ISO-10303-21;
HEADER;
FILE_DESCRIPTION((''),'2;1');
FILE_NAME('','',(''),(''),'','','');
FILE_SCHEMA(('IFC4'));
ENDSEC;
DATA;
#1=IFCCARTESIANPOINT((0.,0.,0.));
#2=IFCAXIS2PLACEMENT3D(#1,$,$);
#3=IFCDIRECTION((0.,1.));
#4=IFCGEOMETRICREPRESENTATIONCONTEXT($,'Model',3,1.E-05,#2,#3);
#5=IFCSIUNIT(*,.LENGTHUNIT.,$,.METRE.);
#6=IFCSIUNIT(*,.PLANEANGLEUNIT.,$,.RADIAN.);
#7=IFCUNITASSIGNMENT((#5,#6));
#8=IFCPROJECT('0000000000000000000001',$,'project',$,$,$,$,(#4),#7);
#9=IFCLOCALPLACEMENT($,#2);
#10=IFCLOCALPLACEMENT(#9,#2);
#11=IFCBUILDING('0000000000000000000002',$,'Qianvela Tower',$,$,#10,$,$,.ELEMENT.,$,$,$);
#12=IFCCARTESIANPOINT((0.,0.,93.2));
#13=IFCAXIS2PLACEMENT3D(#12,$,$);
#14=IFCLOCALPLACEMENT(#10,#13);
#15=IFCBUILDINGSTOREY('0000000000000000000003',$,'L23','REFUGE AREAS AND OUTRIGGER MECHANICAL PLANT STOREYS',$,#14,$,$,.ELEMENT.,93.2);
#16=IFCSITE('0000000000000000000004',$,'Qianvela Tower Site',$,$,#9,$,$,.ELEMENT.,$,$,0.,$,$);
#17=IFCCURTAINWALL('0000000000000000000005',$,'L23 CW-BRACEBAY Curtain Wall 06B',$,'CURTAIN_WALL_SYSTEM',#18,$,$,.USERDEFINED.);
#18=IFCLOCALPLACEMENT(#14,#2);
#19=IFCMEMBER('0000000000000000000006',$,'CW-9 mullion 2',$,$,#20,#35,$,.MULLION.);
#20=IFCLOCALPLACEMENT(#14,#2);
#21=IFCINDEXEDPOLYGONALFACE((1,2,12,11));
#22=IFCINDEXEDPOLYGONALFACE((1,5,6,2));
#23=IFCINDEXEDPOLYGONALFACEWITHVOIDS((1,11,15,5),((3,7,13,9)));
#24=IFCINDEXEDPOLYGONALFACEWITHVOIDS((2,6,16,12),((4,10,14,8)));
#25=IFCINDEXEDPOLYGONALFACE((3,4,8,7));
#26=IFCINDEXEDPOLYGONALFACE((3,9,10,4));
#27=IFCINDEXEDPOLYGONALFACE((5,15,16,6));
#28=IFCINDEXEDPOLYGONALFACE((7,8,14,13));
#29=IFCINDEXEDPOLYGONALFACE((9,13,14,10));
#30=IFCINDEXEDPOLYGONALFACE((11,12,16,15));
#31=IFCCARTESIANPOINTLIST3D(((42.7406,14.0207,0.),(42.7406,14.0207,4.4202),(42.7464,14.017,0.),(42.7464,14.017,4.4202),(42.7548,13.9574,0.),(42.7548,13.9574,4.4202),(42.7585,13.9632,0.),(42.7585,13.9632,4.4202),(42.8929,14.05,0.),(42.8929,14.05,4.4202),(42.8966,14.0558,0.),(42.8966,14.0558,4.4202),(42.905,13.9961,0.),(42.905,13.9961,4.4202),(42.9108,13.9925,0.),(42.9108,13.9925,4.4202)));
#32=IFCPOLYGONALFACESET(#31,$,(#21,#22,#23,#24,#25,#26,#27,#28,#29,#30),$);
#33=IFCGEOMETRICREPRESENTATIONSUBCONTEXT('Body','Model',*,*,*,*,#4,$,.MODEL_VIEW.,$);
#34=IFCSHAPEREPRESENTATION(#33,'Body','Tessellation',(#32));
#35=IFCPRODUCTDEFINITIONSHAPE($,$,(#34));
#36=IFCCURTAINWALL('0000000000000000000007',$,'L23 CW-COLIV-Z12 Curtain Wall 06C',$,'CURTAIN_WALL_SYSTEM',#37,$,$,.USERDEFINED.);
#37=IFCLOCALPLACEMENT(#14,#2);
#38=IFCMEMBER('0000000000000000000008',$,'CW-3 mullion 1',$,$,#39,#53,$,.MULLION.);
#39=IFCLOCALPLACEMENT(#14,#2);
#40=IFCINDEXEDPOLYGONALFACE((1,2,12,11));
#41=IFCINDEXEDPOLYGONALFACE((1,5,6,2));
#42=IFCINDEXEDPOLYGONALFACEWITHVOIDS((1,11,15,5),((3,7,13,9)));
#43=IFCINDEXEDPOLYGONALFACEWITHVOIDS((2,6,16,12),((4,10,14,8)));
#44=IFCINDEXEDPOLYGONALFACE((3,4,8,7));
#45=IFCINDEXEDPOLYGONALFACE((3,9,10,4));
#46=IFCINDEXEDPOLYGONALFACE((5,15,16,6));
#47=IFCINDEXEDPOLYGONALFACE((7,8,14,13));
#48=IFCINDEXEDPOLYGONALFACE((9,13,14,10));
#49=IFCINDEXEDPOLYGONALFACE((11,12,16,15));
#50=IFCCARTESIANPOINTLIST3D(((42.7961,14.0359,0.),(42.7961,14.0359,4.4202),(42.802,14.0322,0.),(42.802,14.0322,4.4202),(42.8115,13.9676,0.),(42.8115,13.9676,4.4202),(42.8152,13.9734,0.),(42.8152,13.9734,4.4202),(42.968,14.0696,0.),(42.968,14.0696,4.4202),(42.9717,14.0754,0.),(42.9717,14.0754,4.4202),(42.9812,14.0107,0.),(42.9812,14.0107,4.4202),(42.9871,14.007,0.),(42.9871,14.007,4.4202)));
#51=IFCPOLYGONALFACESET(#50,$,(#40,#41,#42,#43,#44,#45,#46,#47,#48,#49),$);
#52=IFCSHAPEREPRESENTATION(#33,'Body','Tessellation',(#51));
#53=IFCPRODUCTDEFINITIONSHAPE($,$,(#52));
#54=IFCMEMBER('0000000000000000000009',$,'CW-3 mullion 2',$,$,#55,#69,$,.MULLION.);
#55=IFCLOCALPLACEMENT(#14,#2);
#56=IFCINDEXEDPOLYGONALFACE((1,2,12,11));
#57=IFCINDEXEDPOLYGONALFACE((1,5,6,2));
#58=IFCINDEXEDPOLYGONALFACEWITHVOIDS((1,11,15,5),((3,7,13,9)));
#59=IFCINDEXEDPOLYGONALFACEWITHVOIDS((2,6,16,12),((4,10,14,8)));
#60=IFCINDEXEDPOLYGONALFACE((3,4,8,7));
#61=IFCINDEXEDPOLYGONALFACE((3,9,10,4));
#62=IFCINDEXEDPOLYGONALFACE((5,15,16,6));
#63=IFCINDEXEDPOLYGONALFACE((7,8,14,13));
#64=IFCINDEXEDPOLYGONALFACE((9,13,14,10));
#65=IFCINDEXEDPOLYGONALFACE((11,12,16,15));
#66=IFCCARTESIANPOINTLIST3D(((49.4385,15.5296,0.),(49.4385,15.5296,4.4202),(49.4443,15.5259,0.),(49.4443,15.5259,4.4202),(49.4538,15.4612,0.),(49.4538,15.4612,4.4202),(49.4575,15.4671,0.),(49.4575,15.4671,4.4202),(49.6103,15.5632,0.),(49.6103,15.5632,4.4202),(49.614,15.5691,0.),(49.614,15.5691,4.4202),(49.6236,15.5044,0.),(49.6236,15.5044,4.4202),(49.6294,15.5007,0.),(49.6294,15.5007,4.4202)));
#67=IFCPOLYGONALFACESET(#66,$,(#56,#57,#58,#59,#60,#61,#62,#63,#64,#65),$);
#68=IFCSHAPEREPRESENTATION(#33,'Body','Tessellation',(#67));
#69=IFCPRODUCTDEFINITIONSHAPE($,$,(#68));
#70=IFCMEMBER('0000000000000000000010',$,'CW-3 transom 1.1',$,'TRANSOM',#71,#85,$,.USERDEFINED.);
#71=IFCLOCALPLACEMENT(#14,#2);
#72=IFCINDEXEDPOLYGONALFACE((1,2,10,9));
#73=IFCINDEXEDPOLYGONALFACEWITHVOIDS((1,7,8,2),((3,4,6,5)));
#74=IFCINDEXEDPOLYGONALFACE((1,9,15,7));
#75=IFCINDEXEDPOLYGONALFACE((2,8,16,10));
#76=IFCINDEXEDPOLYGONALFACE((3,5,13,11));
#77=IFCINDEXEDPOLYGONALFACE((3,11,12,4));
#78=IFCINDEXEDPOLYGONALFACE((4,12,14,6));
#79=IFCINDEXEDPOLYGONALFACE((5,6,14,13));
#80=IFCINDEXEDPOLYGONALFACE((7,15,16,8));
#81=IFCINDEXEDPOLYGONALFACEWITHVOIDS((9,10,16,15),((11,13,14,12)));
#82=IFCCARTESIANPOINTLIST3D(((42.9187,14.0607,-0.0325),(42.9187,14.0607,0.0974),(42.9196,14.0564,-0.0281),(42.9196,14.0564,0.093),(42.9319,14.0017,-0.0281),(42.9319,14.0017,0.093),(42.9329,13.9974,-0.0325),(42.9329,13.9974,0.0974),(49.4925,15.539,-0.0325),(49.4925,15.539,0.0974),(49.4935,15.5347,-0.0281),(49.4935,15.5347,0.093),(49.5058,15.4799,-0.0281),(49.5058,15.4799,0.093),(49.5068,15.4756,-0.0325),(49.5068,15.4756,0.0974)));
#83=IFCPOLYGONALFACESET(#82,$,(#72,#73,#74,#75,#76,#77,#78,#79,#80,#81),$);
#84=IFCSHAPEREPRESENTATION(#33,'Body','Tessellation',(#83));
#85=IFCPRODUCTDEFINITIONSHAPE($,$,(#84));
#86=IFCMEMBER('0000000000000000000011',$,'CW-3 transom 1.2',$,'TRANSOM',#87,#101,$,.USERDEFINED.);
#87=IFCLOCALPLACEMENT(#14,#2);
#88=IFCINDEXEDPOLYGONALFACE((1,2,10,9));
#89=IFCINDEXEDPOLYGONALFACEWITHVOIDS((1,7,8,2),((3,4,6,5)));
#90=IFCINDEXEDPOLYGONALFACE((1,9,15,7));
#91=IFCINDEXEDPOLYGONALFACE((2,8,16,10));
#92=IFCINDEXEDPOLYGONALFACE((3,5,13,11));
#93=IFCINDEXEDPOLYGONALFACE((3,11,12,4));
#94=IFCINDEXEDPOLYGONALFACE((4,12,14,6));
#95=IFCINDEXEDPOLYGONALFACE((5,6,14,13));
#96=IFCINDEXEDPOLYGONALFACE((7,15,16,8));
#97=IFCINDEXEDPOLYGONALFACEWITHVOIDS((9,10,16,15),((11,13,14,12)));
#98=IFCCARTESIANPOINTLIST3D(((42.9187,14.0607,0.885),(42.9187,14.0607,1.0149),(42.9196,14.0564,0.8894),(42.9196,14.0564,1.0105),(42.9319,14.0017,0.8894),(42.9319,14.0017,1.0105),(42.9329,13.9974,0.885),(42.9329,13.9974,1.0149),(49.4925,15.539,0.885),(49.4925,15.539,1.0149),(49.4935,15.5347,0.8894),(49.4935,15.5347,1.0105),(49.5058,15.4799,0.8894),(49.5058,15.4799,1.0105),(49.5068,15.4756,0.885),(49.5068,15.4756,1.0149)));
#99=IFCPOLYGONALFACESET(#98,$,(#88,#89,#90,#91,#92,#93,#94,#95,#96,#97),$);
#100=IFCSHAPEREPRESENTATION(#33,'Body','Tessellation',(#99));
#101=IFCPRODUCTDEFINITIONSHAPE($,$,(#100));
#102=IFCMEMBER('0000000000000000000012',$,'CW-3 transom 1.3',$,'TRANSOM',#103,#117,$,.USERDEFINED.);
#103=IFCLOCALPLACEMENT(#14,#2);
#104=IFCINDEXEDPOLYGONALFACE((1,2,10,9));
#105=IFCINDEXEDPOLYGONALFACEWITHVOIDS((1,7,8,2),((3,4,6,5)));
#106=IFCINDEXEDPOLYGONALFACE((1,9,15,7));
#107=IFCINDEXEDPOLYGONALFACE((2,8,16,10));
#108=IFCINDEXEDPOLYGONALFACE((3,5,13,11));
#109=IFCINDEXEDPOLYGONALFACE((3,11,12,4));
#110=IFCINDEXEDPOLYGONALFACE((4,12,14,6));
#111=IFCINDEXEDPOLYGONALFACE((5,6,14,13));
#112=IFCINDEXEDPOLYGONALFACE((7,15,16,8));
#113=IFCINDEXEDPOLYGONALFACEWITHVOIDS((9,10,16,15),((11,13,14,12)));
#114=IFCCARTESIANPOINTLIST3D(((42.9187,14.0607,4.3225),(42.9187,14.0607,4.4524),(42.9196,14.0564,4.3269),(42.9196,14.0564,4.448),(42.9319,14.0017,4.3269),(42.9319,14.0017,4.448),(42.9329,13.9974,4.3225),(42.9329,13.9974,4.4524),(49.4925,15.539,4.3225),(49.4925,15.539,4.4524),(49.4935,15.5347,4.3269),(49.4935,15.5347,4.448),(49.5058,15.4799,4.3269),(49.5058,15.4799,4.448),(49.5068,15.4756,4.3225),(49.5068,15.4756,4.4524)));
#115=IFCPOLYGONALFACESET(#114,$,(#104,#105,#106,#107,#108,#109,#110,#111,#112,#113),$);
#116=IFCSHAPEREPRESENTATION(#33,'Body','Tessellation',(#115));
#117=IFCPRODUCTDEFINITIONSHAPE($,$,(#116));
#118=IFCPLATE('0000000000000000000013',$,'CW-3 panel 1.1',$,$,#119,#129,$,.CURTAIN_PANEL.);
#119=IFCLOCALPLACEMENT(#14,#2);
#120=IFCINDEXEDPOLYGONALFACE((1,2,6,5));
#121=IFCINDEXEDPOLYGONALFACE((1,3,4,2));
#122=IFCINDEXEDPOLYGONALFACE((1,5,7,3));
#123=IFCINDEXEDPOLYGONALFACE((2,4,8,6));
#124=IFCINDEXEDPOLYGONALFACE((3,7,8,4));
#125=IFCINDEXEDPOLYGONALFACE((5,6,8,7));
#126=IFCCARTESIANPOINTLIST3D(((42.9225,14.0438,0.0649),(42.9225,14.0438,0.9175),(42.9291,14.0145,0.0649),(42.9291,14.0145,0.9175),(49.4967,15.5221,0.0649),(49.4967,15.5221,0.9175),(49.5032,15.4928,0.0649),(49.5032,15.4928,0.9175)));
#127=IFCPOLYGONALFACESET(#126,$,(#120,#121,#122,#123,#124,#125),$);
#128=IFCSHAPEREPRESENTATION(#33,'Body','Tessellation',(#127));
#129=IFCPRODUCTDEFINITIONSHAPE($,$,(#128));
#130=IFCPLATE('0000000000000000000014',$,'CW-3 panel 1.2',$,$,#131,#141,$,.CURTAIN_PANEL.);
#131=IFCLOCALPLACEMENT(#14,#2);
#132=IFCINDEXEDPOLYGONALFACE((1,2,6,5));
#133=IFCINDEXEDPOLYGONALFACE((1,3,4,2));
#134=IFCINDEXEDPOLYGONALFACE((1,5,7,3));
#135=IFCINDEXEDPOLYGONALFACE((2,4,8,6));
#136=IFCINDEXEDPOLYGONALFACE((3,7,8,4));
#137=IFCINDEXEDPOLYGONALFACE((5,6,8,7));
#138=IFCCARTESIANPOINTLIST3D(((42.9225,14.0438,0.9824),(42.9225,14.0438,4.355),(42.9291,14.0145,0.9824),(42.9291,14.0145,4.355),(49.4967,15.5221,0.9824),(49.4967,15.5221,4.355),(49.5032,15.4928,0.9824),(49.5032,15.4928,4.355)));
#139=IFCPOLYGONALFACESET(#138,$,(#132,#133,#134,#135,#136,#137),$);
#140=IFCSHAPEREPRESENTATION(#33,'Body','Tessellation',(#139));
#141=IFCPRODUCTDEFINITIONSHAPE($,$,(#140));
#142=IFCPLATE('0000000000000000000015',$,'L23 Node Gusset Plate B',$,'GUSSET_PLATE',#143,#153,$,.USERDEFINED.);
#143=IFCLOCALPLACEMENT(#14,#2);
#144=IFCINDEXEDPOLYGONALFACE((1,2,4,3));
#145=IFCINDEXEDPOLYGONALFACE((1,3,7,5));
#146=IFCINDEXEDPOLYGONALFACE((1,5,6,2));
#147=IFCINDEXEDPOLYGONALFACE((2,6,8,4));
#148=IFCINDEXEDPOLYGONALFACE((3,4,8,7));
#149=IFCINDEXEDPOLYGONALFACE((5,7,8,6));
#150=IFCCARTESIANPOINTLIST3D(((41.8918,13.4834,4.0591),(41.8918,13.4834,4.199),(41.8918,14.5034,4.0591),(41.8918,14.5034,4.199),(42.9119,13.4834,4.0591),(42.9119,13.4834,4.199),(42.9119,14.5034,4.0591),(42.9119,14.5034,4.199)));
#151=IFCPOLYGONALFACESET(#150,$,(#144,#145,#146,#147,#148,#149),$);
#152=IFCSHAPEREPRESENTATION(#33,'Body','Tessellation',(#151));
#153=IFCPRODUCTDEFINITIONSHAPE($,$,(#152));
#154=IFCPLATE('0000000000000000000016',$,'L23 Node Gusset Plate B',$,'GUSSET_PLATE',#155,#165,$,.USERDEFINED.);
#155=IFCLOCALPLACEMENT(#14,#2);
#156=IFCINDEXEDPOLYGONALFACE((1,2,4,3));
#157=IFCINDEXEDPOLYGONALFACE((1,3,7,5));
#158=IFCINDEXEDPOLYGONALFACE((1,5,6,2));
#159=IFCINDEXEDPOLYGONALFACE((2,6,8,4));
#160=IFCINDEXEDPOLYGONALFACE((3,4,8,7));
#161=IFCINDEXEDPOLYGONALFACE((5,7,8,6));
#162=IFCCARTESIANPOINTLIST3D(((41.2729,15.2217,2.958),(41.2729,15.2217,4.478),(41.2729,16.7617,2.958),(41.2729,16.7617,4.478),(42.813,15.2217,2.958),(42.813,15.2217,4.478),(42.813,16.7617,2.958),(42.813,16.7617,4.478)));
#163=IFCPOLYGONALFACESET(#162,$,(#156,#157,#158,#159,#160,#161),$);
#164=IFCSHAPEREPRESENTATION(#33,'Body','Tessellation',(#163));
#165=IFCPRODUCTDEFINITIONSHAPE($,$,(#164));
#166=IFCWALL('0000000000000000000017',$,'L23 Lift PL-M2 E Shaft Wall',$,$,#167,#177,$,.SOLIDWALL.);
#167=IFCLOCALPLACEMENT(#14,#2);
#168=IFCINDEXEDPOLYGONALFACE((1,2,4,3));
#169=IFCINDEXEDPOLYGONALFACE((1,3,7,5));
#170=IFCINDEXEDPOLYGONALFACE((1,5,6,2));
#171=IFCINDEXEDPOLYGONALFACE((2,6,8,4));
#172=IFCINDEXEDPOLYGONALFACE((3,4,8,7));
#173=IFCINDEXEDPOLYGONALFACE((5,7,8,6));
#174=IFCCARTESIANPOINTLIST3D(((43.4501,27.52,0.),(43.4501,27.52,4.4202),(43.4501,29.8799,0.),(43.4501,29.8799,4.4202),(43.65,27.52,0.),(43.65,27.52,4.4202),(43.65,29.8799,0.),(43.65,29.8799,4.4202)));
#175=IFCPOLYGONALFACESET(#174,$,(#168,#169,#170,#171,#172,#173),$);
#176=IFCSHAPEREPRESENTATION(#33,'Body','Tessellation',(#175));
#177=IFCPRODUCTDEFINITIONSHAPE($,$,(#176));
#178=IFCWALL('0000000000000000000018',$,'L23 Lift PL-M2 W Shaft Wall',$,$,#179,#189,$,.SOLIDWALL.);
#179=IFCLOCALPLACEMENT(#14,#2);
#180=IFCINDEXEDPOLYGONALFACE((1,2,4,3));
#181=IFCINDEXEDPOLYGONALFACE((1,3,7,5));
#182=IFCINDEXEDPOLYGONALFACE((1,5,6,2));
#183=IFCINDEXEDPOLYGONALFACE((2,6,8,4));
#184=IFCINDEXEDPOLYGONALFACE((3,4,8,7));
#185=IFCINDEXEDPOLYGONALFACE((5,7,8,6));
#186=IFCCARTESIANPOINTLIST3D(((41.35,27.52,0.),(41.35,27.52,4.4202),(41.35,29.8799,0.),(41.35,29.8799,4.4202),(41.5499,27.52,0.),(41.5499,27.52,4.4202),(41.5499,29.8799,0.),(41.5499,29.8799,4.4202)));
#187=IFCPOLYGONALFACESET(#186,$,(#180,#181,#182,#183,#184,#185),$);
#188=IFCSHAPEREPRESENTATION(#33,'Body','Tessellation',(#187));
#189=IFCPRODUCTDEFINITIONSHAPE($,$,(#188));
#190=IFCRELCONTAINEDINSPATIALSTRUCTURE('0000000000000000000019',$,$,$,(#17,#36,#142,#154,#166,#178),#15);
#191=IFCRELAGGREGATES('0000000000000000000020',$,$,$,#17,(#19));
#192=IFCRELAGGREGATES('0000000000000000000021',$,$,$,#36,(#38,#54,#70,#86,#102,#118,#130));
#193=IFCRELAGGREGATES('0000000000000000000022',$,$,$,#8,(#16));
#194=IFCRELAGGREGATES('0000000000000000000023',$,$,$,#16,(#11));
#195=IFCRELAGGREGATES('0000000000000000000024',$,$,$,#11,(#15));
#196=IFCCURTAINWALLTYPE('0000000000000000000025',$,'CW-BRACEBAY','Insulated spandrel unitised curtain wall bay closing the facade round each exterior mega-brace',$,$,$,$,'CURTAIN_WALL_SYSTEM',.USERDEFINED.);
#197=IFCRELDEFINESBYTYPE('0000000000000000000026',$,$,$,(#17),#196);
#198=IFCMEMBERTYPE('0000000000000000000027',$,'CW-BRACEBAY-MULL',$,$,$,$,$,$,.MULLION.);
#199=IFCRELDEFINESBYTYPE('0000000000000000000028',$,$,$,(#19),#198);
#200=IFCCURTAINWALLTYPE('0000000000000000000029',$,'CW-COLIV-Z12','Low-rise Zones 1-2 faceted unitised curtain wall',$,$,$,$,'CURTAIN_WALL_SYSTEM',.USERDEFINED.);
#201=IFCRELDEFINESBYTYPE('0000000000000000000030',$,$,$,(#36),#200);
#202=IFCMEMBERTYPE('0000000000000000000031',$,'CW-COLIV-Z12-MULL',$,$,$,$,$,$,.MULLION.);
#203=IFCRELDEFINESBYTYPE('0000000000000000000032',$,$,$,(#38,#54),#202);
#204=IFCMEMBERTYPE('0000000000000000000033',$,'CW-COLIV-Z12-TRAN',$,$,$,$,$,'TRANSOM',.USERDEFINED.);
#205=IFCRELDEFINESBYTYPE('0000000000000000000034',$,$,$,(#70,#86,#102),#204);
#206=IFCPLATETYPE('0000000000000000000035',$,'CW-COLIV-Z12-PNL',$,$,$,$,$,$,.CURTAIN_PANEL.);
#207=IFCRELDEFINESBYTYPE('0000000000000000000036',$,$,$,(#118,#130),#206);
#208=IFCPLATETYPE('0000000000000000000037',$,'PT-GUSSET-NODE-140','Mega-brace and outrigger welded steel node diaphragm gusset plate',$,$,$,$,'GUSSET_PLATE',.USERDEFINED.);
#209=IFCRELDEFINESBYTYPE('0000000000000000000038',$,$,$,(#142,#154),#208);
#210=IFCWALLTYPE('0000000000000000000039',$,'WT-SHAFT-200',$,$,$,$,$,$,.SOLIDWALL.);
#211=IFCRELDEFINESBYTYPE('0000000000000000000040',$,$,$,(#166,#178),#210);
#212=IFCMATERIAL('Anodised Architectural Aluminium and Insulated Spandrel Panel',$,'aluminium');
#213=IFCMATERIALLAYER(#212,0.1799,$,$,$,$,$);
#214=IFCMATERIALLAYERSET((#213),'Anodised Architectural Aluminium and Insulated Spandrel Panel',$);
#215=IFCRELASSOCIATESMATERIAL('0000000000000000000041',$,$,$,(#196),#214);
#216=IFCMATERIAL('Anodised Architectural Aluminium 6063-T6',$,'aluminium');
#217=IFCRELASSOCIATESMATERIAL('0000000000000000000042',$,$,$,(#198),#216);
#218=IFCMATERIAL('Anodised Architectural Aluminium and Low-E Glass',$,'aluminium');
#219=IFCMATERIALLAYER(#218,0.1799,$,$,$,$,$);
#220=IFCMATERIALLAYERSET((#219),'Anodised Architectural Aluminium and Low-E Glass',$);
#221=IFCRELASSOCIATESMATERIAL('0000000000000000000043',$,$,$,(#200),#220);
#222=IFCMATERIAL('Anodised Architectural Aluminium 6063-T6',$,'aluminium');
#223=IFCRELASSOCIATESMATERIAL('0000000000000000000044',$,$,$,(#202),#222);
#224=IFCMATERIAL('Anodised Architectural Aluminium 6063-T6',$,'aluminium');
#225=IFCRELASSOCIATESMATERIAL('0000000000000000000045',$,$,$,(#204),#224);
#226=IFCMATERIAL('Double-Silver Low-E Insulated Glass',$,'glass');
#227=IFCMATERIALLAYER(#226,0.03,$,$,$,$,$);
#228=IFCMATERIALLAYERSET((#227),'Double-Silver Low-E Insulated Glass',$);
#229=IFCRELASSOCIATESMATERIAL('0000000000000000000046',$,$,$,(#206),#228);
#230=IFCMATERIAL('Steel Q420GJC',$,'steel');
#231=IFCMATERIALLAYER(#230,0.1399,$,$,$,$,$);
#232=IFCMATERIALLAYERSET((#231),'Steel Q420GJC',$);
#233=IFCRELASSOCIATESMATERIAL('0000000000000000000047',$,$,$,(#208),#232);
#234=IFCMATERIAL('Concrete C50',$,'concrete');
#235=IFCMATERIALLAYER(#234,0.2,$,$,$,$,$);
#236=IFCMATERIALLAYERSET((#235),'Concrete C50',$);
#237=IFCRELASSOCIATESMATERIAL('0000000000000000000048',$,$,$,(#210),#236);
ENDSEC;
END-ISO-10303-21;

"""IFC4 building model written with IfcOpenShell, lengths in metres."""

from ifc_helpers import new_model, si_unit, direction, frame, frame_2d, origin, origin_2d, place, context, subcontext, project, spatial, rectangle, hollow_rectangle, extrude, material, layer, layer_set, material_profile, profile_set, type_object, element, aggregate, save


model = new_model("IFC4")

# Units and contexts
model_context = context("Model", 3, precision=1e-05, world=origin(), true_north=direction((0.0, 1.0)))
body_context = subcontext(model_context, "Body", "Model", "MODEL_VIEW")
ifc_project = project(units=[si_unit("LENGTHUNIT", "METRE"), si_unit("PLANEANGLEUNIT", "RADIAN")], contexts=[model_context])

# Site, building, storey
site_placement = place(None, origin())
site = spatial("IfcSite", under=ifc_project, at=site_placement, Name="Qianvela Tower Site", CompositionType="ELEMENT", RefElevation=0.0)
building_placement = place(site_placement, origin())
building = spatial("IfcBuilding", under=site, at=building_placement, Name="Qianvela Tower", CompositionType="ELEMENT")
storey_placement = place(building_placement, frame((0.0, 0.0, 93.2)))
storey = spatial("IfcBuildingStorey", under=building, at=storey_placement, Name="L23", Description="REFUGE AREAS AND OUTRIGGER MECHANICAL PLANT STOREYS", CompositionType="ELEMENT", Elevation=93.2)

# Curtain wall, member
ifc_material_1 = material(Name="Anodised Architectural Aluminium and Insulated Spandrel Panel", Category="aluminium")
ifc_layer_1 = layer(ifc_material_1, 0.1799)
ifc_layer_set_1 = layer_set([ifc_layer_1], Name="Anodised Architectural Aluminium and Insulated Spandrel Panel")
curtain_wall_type_1 = type_object("IfcCurtainWallType", Name="CW-BRACEBAY", Description="Insulated spandrel unitised curtain wall bay closing the facade round each exterior mega-brace", ElementType="CURTAIN_WALL_SYSTEM", PredefinedType="USERDEFINED", material=ifc_layer_set_1)
curtain_wall_1_placement = place(storey_placement, origin())
curtain_wall_1 = element("IfcCurtainWall", 1, at=curtain_wall_1_placement, inside=storey, type_object=curtain_wall_type_1, Name="L23 CW-BRACEBAY Curtain Wall 06B", ObjectType="CURTAIN_WALL_SYSTEM", PredefinedType="USERDEFINED")
ifc_material_2 = material(Name="Anodised Architectural Aluminium 6063-T6", Category="aluminium")
ifc_material_profile_1 = material_profile(ifc_material_2, hollow_rectangle(XDim=0.0649, YDim=0.1599, WallThickness=0.0049, at=origin_2d()), Name="ALU-MULL-65x160")
ifc_profile_set_1 = profile_set([ifc_material_profile_1], Name="Anodised Architectural Aluminium 6063-T6")
member_type_1 = type_object("IfcMemberType", Name="CW-BRACEBAY-MULL", PredefinedType="MULLION", material=ifc_profile_set_1)
member_1_placement = place(storey_placement, frame((42.8257, 14.0066, 0.0), z_axis=(0.0, 0.0, 1.0), x_axis=(-0.219372, 0.975641, 0.0)))
member_1 = element("IfcMember", 2, at=member_1_placement, type_object=member_type_1, Name="CW-9 mullion 2", PredefinedType="MULLION", context=body_context, shape_type="SweptSolid", body=[
    extrude(hollow_rectangle(XDim=0.0649, YDim=0.1599, WallThickness=0.0049, at=origin_2d()), origin(), (0.0, 0.0, 1.0), 4.4202),
])
aggregate(curtain_wall_1, [member_1])

# Curtain wall, members, plates
ifc_material_3 = material(Name="Anodised Architectural Aluminium and Low-E Glass", Category="aluminium")
ifc_layer_2 = layer(ifc_material_3, 0.1799)
ifc_layer_set_2 = layer_set([ifc_layer_2], Name="Anodised Architectural Aluminium and Low-E Glass")
curtain_wall_type_2 = type_object("IfcCurtainWallType", Name="CW-COLIV-Z12", Description="Low-rise Zones 1-2 faceted unitised curtain wall", ElementType="CURTAIN_WALL_SYSTEM", PredefinedType="USERDEFINED", material=ifc_layer_set_2)
curtain_wall_2_placement = place(storey_placement, origin())
curtain_wall_2 = element("IfcCurtainWall", 3, at=curtain_wall_2_placement, inside=storey, type_object=curtain_wall_type_2, Name="L23 CW-COLIV-Z12 Curtain Wall 06C", ObjectType="CURTAIN_WALL_SYSTEM", PredefinedType="USERDEFINED")
ifc_material_4 = material(Name="Anodised Architectural Aluminium 6063-T6", Category="aluminium")
ifc_material_profile_2 = material_profile(ifc_material_4, hollow_rectangle(XDim=0.0701, YDim=0.1799, WallThickness=0.0049, at=origin_2d()), Name="ALU-MULL-70x180")
ifc_profile_set_2 = profile_set([ifc_material_profile_2], Name="Anodised Architectural Aluminium 6063-T6")
member_type_2 = type_object("IfcMemberType", Name="CW-COLIV-Z12-MULL", PredefinedType="MULLION", material=ifc_profile_set_2)
member_2_placement = place(storey_placement, frame((42.8916, 14.0215, 0.0), z_axis=(0.0, 0.0, 1.0), x_axis=(-0.219387, 0.975638, 0.0)))
member_2 = element("IfcMember", 4, at=member_2_placement, type_object=member_type_2, Name="CW-3 mullion 1", PredefinedType="MULLION", context=body_context, shape_type="SweptSolid", body=[
    extrude(hollow_rectangle(XDim=0.0701, YDim=0.1799, WallThickness=0.0049, at=origin_2d()), origin(), (0.0, 0.0, 1.0), 4.4202),
])
member_3_placement = place(storey_placement, frame((49.5339, 15.5151, 0.0), z_axis=(0.0, 0.0, 1.0), x_axis=(-0.219387, 0.975638, 0.0)))
member_3 = element("IfcMember", 5, at=member_3_placement, type_object=member_type_2, Name="CW-3 mullion 2", PredefinedType="MULLION", context=body_context, shape_type="SweptSolid", body=[
    extrude(hollow_rectangle(XDim=0.0701, YDim=0.1799, WallThickness=0.0049, at=origin_2d()), origin(), (0.0, 0.0, 1.0), 4.4202),
])
ifc_material_5 = material(Name="Anodised Architectural Aluminium 6063-T6", Category="aluminium")
ifc_material_profile_3 = material_profile(ifc_material_5, hollow_rectangle(XDim=0.0649, YDim=0.1299, WallThickness=0.0044, at=origin_2d()), Name="ALU-TRAN-65x130")
ifc_profile_set_3 = profile_set([ifc_material_profile_3], Name="Anodised Architectural Aluminium 6063-T6")
member_type_3 = type_object("IfcMemberType", Name="CW-COLIV-Z12-TRAN", ElementType="TRANSOM", PredefinedType="USERDEFINED", material=ifc_profile_set_3)
member_4_placement = place(storey_placement, frame((42.9258, 14.0291, 0.0325), z_axis=(0.975637, 0.219389, 0.0), x_axis=(-0.219389, 0.975637, 0.0)))
member_4 = element("IfcMember", 6, at=member_4_placement, type_object=member_type_3, Name="CW-3 transom 1.1", ObjectType="TRANSOM", PredefinedType="USERDEFINED", context=body_context, shape_type="SweptSolid", body=[
    extrude(hollow_rectangle(XDim=0.0649, YDim=0.1299, WallThickness=0.0044, at=origin_2d()), origin(), (0.0, 0.0, 1.0), 6.738),
])
member_5_placement = place(storey_placement, frame((42.9258, 14.0291, 0.95), z_axis=(0.975637, 0.219389, 0.0), x_axis=(-0.219389, 0.975637, 0.0)))
member_5 = element("IfcMember", 7, at=member_5_placement, type_object=member_type_3, Name="CW-3 transom 1.2", ObjectType="TRANSOM", PredefinedType="USERDEFINED", context=body_context, shape_type="SweptSolid", body=[
    extrude(hollow_rectangle(XDim=0.0649, YDim=0.1299, WallThickness=0.0044, at=origin_2d()), origin(), (0.0, 0.0, 1.0), 6.738),
])
member_6_placement = place(storey_placement, frame((42.9258, 14.0291, 4.3875), z_axis=(0.975637, 0.219389, 0.0), x_axis=(-0.219389, 0.975637, 0.0)))
member_6 = element("IfcMember", 8, at=member_6_placement, type_object=member_type_3, Name="CW-3 transom 1.3", ObjectType="TRANSOM", PredefinedType="USERDEFINED", context=body_context, shape_type="SweptSolid", body=[
    extrude(hollow_rectangle(XDim=0.0649, YDim=0.1299, WallThickness=0.0044, at=origin_2d()), origin(), (0.0, 0.0, 1.0), 6.738),
])
ifc_material_6 = material(Name="Double-Silver Low-E Insulated Glass", Category="glass")
ifc_layer_3 = layer(ifc_material_6, 0.03)
ifc_layer_set_3 = layer_set([ifc_layer_3], Name="Double-Silver Low-E Insulated Glass")
plate_type_1 = type_object("IfcPlateType", Name="CW-COLIV-Z12-PNL", PredefinedType="CURTAIN_PANEL", material=ifc_layer_set_3)
plate_1_placement = place(storey_placement, frame((46.2129, 14.7683, 0.0649), z_axis=(0.0, 0.0, 1.0), x_axis=(0.975638, 0.219387, 0.0)))
plate_1 = element("IfcPlate", 9, at=plate_1_placement, type_object=plate_type_1, Name="CW-3 panel 1.1", PredefinedType="CURTAIN_PANEL", context=body_context, shape_type="SweptSolid", body=[
    extrude(rectangle(XDim=6.7383, YDim=0.03, at=origin_2d()), origin(), (0.0, 0.0, 1.0), 0.8525),
])
plate_2_placement = place(storey_placement, frame((46.2129, 14.7683, 0.9824), z_axis=(0.0, 0.0, 1.0), x_axis=(0.975638, 0.219387, 0.0)))
plate_2 = element("IfcPlate", 10, at=plate_2_placement, type_object=plate_type_1, Name="CW-3 panel 1.2", PredefinedType="CURTAIN_PANEL", context=body_context, shape_type="SweptSolid", body=[
    extrude(rectangle(XDim=6.7383, YDim=0.03, at=origin_2d()), origin(), (0.0, 0.0, 1.0), 3.3726),
])
aggregate(curtain_wall_2, [member_2, member_3, member_4, member_5, member_6, plate_1, plate_2])

# Plates
ifc_material_7 = material(Name="Steel Q420GJC", Category="steel")
ifc_layer_4 = layer(ifc_material_7, 0.1399)
ifc_layer_set_4 = layer_set([ifc_layer_4], Name="Steel Q420GJC")
plate_type_2 = type_object("IfcPlateType", Name="PT-GUSSET-NODE-140", Description="Mega-brace and outrigger welded steel node diaphragm gusset plate", ElementType="GUSSET_PLATE", PredefinedType="USERDEFINED", material=ifc_layer_set_4)
plate_3_placement = place(storey_placement, frame((42.4019, 13.9934, 4.0591), z_axis=(0.0, 0.0, 1.0), x_axis=(1.0, 0.0, 0.0)))
element("IfcPlate", 11, at=plate_3_placement, inside=storey, type_object=plate_type_2, Name="L23 Node Gusset Plate B", ObjectType="GUSSET_PLATE", PredefinedType="USERDEFINED", context=body_context, shape_type="SweptSolid", body=[
    extrude(rectangle(XDim=1.02, YDim=1.02, at=origin_2d()), origin(), (0.0, 0.0, 1.0), 0.1399),
])
plate_4_placement = place(storey_placement, frame((42.043, 15.9917, 2.958), z_axis=(0.0, 0.0, 1.0), x_axis=(1.0, 0.0, 0.0)))
element("IfcPlate", 12, at=plate_4_placement, inside=storey, type_object=plate_type_2, Name="L23 Node Gusset Plate B", ObjectType="GUSSET_PLATE", PredefinedType="USERDEFINED", context=body_context, shape_type="SweptSolid", body=[
    extrude(rectangle(XDim=1.54, YDim=1.54, at=origin_2d()), origin(), (0.0, 0.0, 1.0), 1.52),
])

# Walls
ifc_material_8 = material(Name="Concrete C50", Category="concrete")
ifc_layer_5 = layer(ifc_material_8, 0.2)
ifc_layer_set_5 = layer_set([ifc_layer_5], Name="Concrete C50")
wall_type = type_object("IfcWallType", Name="WT-SHAFT-200", PredefinedType="SOLIDWALL", material=ifc_layer_set_5)
for number, where, z_axis, x_axis, name in (
    (13, (43.55, 27.52, 0.0), (0.0, 0.0, 1.0), (0.0, 1.0, 0.0), "L23 Lift PL-M2 E Shaft Wall"),
    (14, (41.45, 27.52, 0.0), (0.0, 0.0, 1.0), (0.0, 1.0, 0.0), "L23 Lift PL-M2 W Shaft Wall"),
):
    element("IfcWall", number, at=place(storey_placement, frame(where, z_axis=z_axis, x_axis=x_axis)), inside=storey, type_object=wall_type, Name=name, PredefinedType="SOLIDWALL", context=body_context, shape_type="SweptSolid", body=[
        extrude(rectangle(XDim=2.3599, YDim=0.2, at=frame_2d((1.1799, 0.0))), origin(), (0.0, 0.0, 1.0), 4.4202),
    ])

save(model, "model.ifc")
